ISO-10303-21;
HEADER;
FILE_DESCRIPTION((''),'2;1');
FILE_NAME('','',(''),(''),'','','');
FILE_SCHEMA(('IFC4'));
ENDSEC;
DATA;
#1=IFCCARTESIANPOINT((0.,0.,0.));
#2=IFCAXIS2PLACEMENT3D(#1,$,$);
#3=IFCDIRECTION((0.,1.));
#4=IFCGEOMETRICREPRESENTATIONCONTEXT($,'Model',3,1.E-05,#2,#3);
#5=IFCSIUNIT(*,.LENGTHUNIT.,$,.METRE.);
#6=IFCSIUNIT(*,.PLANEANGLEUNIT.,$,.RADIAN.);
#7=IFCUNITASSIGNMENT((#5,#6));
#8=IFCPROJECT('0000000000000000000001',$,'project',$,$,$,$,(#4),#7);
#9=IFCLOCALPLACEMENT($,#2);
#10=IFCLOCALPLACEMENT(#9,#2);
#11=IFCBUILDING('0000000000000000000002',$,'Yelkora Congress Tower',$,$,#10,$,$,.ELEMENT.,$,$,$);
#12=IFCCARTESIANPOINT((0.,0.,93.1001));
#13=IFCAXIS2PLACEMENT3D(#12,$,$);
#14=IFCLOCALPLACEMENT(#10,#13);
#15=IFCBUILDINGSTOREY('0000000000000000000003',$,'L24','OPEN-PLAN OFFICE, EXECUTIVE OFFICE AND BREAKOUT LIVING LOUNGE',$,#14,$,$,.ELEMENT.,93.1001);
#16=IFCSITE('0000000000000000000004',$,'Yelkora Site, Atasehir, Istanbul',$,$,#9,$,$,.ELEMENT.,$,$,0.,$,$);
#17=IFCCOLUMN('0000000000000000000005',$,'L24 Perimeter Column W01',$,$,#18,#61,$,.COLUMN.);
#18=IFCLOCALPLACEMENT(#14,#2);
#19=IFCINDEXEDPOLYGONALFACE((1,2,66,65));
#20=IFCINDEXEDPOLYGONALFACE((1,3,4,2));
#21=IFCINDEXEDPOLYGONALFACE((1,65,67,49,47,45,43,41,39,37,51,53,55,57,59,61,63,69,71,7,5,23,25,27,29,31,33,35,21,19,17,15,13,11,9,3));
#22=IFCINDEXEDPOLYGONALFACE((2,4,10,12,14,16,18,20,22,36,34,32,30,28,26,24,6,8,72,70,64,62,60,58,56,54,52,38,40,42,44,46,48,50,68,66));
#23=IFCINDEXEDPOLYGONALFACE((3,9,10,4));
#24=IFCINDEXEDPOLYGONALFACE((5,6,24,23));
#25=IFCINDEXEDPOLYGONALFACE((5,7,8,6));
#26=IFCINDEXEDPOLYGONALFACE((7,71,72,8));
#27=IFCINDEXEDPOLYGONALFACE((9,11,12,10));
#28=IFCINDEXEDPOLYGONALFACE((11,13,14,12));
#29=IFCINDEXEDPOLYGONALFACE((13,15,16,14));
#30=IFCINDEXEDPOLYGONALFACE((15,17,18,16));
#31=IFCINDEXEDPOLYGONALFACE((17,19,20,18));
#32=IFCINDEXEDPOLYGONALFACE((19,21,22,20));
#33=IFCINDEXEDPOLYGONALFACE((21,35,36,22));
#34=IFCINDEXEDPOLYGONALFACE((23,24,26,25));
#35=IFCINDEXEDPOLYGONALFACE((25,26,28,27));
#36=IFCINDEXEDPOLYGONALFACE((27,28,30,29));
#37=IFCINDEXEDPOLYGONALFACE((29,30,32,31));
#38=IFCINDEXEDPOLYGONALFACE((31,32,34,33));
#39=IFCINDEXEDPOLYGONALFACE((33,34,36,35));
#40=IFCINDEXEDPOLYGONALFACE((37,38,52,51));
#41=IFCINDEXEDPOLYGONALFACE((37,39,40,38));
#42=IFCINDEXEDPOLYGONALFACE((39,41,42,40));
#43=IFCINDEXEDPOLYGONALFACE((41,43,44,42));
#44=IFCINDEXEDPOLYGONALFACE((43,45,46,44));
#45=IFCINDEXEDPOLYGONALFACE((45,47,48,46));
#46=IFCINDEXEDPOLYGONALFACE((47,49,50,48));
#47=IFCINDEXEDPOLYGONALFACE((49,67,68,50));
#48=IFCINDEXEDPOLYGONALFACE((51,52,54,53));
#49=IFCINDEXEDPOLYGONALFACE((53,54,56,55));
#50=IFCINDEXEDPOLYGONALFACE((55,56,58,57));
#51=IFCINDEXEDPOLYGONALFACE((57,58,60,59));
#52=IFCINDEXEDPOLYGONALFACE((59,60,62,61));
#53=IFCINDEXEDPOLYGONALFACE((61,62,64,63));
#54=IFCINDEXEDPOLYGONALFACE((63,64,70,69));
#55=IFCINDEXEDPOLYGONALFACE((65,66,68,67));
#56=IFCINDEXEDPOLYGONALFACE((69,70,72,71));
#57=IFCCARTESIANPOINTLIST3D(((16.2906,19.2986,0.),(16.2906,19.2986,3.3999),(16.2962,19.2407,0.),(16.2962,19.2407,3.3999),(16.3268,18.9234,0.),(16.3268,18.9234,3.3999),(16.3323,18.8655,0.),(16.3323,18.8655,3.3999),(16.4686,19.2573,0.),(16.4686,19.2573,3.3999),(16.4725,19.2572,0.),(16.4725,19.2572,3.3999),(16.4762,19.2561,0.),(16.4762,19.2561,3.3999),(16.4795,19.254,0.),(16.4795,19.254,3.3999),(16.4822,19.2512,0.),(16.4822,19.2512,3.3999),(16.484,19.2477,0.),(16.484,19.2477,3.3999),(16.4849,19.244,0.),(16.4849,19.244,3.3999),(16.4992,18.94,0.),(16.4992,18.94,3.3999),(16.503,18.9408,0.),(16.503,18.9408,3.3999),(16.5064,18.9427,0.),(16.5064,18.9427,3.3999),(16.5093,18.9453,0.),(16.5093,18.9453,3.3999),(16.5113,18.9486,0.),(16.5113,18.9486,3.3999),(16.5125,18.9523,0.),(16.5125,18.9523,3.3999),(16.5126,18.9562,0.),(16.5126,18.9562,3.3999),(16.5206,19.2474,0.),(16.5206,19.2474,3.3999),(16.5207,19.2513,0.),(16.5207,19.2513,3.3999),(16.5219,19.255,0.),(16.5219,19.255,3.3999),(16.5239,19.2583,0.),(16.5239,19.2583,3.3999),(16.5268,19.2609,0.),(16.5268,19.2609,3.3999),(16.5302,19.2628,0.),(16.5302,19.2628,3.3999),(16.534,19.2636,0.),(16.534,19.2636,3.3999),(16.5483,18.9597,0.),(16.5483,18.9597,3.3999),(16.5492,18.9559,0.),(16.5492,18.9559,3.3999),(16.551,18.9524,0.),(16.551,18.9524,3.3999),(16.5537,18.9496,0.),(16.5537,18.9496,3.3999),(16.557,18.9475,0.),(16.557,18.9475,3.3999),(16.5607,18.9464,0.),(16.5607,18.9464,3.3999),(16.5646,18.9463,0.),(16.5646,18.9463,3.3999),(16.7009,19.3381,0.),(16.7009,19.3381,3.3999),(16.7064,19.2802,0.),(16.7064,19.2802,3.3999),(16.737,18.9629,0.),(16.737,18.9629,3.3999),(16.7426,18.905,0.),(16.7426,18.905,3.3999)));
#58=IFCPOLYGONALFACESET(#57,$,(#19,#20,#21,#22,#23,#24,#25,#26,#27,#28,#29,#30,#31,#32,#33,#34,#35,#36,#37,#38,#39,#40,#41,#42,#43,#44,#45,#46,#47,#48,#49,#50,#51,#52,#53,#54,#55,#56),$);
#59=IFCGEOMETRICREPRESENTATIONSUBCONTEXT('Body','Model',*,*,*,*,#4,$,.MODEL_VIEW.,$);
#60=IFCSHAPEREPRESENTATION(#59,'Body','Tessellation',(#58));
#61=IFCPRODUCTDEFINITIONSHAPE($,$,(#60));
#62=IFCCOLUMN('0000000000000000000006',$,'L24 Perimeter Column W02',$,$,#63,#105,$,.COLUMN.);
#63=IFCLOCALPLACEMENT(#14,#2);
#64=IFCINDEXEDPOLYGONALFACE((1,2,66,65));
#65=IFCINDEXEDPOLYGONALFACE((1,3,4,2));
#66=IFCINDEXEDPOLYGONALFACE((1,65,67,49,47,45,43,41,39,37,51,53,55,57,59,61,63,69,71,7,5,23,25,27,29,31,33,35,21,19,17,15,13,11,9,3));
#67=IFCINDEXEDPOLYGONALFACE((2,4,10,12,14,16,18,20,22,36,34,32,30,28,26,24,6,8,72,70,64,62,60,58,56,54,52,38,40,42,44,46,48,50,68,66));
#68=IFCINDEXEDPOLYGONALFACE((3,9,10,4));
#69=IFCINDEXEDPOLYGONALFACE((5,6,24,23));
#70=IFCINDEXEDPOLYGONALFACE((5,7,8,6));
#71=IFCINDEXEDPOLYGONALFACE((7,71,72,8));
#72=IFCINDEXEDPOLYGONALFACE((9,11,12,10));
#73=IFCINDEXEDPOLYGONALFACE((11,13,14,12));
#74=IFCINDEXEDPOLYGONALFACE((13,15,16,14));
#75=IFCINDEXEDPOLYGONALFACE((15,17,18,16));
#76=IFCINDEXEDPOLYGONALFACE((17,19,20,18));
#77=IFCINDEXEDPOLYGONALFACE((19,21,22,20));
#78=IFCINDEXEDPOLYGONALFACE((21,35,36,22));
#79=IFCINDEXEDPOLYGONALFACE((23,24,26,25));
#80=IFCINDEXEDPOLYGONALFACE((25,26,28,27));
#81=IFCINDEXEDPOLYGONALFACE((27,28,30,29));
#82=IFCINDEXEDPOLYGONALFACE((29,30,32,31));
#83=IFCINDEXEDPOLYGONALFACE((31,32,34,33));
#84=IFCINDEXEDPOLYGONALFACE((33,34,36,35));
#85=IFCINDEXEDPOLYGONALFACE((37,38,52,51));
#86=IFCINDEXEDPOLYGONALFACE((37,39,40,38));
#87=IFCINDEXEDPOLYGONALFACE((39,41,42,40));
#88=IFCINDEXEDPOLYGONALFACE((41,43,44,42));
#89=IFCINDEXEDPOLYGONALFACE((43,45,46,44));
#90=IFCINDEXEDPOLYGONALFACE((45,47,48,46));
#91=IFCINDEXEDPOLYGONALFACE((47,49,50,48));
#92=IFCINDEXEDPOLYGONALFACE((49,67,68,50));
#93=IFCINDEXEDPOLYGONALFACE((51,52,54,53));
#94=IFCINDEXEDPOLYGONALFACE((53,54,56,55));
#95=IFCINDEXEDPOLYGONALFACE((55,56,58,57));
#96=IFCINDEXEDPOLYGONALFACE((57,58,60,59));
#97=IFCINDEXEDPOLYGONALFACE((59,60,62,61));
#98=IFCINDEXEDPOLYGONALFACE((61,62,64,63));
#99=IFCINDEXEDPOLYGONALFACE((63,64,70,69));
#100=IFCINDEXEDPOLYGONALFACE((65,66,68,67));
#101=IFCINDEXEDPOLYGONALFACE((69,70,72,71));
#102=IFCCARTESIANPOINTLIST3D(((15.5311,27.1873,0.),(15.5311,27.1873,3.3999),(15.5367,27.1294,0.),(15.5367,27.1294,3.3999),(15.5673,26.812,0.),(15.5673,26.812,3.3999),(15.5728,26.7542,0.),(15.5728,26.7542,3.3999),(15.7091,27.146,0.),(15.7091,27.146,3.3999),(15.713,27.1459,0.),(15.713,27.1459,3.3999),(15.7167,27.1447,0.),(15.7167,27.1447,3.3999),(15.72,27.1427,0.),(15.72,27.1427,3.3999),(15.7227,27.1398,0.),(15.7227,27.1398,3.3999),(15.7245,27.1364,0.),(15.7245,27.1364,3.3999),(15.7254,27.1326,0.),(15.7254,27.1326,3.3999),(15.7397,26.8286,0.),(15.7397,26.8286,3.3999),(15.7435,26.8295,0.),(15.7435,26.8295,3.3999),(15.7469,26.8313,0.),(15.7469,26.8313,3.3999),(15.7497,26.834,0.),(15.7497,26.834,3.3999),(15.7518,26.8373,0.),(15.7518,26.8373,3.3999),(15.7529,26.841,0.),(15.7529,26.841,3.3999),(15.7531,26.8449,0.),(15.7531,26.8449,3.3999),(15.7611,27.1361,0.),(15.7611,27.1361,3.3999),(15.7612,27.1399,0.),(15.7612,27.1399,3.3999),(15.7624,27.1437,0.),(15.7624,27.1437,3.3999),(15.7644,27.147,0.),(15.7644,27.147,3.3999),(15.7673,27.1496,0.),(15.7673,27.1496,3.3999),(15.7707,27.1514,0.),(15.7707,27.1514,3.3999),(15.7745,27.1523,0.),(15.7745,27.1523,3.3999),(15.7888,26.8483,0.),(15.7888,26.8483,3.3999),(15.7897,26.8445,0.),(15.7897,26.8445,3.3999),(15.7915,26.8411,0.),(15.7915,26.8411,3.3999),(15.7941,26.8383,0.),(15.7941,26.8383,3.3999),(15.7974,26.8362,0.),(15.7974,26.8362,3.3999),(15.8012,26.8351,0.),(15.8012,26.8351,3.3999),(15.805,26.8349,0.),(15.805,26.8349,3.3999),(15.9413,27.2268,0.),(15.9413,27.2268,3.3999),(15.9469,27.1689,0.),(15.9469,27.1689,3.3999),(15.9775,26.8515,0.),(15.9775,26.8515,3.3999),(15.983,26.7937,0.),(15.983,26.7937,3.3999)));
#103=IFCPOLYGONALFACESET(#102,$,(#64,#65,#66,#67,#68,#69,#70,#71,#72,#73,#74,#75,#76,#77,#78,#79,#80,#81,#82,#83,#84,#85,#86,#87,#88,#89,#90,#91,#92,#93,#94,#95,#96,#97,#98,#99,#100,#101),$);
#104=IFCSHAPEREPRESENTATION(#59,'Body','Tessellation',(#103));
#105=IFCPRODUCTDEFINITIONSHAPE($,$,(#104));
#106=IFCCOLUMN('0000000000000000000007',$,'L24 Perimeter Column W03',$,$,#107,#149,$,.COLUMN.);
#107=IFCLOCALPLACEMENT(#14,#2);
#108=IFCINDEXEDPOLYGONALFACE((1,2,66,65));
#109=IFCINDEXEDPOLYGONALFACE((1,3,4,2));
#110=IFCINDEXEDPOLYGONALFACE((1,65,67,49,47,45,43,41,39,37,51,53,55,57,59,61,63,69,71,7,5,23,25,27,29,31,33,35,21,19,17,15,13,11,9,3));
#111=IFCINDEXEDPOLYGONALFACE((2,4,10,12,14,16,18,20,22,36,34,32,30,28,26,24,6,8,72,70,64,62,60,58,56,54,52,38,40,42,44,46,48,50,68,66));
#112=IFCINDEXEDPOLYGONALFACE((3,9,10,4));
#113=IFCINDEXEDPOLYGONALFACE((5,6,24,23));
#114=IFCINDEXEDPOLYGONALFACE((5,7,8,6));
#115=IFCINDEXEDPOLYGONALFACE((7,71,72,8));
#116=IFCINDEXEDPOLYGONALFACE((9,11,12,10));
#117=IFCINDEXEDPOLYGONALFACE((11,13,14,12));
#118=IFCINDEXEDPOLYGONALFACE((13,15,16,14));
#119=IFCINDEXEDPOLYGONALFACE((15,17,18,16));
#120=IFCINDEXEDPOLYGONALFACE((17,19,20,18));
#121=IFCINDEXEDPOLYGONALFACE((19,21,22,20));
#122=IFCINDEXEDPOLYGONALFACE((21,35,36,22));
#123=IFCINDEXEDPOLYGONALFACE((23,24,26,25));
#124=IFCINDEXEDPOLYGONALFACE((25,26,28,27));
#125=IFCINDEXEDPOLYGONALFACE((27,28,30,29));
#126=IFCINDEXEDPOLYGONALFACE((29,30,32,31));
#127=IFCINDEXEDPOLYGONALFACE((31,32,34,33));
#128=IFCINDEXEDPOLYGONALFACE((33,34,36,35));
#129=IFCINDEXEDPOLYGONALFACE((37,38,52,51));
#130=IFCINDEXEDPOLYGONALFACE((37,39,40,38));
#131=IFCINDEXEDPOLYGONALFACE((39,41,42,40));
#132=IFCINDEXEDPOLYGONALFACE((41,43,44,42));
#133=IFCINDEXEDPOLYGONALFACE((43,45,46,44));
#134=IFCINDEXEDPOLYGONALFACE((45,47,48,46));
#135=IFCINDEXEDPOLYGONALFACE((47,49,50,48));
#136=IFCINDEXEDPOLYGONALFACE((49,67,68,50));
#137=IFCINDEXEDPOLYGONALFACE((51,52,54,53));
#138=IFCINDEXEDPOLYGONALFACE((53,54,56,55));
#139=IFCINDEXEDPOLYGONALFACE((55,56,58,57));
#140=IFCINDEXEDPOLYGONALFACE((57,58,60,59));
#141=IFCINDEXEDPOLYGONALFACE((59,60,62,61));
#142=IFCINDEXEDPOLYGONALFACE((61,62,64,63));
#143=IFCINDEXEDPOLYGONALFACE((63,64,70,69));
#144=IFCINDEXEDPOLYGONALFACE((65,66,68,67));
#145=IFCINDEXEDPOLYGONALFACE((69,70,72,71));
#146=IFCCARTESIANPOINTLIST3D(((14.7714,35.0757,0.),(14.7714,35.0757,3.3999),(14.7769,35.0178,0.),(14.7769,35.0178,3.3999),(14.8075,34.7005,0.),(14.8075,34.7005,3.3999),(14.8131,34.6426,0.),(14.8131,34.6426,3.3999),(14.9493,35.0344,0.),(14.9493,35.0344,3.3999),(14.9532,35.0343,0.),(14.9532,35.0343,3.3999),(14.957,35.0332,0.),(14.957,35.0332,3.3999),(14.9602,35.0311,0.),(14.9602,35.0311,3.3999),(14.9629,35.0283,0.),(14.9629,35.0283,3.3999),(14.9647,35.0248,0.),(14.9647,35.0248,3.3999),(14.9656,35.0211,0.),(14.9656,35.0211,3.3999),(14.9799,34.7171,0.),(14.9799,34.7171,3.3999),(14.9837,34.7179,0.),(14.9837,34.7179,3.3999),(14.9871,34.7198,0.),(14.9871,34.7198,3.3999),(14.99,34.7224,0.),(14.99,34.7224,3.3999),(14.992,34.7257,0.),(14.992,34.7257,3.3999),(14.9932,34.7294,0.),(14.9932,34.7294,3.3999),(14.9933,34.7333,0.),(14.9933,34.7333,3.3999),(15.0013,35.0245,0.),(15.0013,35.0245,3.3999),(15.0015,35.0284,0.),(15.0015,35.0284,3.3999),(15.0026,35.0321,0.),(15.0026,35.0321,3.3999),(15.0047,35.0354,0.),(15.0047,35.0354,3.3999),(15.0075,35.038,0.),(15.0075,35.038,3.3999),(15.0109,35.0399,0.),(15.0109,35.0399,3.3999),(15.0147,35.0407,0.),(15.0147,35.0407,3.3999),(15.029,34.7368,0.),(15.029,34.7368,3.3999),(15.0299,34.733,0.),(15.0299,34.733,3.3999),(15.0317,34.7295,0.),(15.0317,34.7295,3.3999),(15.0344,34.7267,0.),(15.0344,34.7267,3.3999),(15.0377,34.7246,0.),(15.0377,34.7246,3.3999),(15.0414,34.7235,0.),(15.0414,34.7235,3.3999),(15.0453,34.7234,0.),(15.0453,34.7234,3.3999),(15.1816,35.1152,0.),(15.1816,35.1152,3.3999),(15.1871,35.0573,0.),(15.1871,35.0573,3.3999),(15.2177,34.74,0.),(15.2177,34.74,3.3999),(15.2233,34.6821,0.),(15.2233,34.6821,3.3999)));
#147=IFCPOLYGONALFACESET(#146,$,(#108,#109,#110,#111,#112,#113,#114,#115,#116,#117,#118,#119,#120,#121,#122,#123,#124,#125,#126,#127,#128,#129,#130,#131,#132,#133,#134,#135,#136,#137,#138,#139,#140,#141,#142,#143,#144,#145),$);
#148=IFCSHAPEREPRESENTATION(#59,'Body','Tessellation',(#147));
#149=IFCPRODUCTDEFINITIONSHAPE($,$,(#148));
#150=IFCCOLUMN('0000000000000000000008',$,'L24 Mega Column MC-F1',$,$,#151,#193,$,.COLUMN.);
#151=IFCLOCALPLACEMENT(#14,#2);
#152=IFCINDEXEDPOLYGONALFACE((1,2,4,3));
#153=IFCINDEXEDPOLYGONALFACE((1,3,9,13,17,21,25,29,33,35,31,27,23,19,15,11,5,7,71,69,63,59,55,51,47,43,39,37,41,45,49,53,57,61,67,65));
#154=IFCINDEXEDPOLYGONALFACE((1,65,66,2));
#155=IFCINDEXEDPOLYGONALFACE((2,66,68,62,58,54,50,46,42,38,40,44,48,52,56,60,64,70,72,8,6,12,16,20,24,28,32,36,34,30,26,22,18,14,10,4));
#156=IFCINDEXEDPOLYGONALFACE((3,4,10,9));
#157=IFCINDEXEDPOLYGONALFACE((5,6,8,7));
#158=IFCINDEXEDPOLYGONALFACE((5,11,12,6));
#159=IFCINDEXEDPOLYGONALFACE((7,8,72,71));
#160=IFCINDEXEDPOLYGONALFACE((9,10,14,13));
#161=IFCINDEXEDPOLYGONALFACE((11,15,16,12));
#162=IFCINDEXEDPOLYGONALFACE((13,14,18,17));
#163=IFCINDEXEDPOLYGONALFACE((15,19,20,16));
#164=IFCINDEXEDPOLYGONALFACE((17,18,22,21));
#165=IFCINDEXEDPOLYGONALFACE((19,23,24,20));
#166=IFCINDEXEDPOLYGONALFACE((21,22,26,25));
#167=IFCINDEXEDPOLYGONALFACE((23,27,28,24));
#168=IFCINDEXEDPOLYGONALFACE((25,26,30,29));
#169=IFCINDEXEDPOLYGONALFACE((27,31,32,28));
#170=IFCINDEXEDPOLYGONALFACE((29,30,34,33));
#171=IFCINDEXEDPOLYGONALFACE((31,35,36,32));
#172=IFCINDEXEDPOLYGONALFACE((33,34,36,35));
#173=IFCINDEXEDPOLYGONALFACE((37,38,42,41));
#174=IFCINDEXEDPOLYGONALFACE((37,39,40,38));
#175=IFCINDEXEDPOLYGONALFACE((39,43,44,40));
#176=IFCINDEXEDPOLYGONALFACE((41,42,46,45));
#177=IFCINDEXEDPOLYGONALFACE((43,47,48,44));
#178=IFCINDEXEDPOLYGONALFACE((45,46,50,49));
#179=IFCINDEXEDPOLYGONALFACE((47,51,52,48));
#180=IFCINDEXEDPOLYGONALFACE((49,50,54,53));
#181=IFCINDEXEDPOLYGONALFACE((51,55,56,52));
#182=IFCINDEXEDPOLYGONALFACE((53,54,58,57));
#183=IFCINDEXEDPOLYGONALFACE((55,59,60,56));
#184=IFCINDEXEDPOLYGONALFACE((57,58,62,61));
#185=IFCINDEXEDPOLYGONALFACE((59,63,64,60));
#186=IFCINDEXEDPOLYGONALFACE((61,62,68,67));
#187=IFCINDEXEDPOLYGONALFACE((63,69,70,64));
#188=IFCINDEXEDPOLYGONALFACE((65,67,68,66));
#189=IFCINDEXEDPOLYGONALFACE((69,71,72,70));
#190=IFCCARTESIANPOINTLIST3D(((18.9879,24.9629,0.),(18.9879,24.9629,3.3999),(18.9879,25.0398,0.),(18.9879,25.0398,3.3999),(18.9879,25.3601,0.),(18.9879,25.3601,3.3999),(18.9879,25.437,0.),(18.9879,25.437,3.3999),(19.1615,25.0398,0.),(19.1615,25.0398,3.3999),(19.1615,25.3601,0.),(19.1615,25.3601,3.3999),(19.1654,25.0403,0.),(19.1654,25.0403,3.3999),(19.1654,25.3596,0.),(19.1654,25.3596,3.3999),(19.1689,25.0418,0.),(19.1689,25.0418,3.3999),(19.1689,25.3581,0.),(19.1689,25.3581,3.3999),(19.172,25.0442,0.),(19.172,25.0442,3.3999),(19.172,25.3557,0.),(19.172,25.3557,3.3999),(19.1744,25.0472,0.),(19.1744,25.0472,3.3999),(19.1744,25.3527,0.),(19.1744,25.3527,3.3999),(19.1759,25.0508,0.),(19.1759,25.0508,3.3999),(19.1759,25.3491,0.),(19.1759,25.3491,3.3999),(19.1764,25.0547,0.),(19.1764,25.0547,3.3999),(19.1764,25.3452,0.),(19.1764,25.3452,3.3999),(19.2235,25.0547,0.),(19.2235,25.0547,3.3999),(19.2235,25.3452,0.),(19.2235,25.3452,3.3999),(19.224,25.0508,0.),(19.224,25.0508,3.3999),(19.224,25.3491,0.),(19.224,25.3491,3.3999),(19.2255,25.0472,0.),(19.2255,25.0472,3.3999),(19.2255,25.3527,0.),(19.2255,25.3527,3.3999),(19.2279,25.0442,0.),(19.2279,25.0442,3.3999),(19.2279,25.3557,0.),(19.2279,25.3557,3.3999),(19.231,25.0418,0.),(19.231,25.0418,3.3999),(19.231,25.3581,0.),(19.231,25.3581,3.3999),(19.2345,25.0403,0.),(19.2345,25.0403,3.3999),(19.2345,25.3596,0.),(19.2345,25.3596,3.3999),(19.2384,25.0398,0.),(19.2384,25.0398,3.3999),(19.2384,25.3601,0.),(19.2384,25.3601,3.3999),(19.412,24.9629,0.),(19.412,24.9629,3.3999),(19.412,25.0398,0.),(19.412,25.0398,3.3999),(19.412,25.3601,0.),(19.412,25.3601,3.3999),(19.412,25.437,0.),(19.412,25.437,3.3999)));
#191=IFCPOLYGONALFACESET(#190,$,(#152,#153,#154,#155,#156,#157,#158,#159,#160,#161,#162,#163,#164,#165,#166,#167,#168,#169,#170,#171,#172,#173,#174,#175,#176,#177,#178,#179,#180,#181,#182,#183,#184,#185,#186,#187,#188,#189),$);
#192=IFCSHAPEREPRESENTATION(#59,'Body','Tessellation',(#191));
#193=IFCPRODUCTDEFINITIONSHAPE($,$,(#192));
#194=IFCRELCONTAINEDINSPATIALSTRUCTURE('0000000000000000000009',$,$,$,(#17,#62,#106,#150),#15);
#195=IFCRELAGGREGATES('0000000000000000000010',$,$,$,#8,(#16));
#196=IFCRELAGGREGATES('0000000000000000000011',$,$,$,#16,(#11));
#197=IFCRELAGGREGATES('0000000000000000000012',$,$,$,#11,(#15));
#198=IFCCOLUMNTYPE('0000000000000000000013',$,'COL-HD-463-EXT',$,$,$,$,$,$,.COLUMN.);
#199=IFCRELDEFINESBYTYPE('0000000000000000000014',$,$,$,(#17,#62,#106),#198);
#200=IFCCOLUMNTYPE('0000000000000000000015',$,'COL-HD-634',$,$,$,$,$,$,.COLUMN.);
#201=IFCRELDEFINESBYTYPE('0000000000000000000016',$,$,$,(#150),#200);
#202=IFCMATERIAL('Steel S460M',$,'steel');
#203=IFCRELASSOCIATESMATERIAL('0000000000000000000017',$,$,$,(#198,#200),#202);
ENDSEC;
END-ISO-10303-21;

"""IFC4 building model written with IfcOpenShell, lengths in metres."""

from ifc_helpers import new_model, si_unit, direction, frame, origin, origin_2d, place, context, subcontext, project, spatial, i_section, extrude, material, material_profile, profile_set, type_object, element, save


model = new_model("IFC4")

# Units and contexts
model_context = context("Model", 3, precision=1e-05, world=origin(), true_north=direction((0.0, 1.0)))
body_context = subcontext(model_context, "Body", "Model", "MODEL_VIEW")
ifc_project = project(units=[si_unit("LENGTHUNIT", "METRE"), si_unit("PLANEANGLEUNIT", "RADIAN")], contexts=[model_context])

# Site, building, storey
site_placement = place(None, origin())
site = spatial("IfcSite", under=ifc_project, at=site_placement, Name="Yelkora Site, Atasehir, Istanbul", CompositionType="ELEMENT", RefElevation=0.0)
building_placement = place(site_placement, origin())
building = spatial("IfcBuilding", under=site, at=building_placement, Name="Yelkora Congress Tower", CompositionType="ELEMENT")
storey_placement = place(building_placement, frame((0.0, 0.0, 93.1001)))
storey = spatial("IfcBuildingStorey", under=building, at=storey_placement, Name="L24", Description="OPEN-PLAN OFFICE, EXECUTIVE OFFICE AND BREAKOUT LIVING LOUNGE", CompositionType="ELEMENT", Elevation=93.1001)

# Columns
ifc_material_1 = material(Name="Steel S460M", Category="steel")
ifc_material_profile_1 = material_profile(ifc_material_1, i_section(OverallWidth=0.4121, OverallDepth=0.4351, WebThickness=0.0359, FlangeThickness=0.0581, FilletRadius=0.0149, at=origin_2d()), Name="HD 400x463")
ifc_profile_set_1 = profile_set([ifc_material_profile_1], Name="Steel S460M")
column_type_1 = type_object("IfcColumnType", Name="COL-HD-463-EXT", PredefinedType="COLUMN", material=ifc_profile_set_1)
for number, where, z_axis, x_axis, name in (
    (1, (16.5166, 19.1018, 0.0), (0.0, 0.0, 1.0), (0.995396, 0.095846, 0.0), "L24 Perimeter Column W01"),
    (2, (15.7571, 26.9905, 0.0), (0.0, 0.0, 1.0), (0.995396, 0.095846, 0.0), "L24 Perimeter Column W02"),
    (3, (14.9973, 34.8789, 0.0), (0.0, 0.0, 1.0), (0.995396, 0.095846, 0.0), "L24 Perimeter Column W03"),
):
    element("IfcColumn", number, at=place(storey_placement, frame(where, z_axis=z_axis, x_axis=x_axis)), inside=storey, type_object=column_type_1, Name=name, PredefinedType="COLUMN", context=body_context, shape_type="SweptSolid", body=[
        extrude(i_section(OverallWidth=0.4121, OverallDepth=0.4351, WebThickness=0.0359, FlangeThickness=0.0581, FilletRadius=0.0149, at=origin_2d()), origin(), (0.0, 0.0, 1.0), 3.3999),
    ])
ifc_material_profile_2 = material_profile(ifc_material_1, i_section(OverallWidth=0.4241, OverallDepth=0.4741, WebThickness=0.0471, FlangeThickness=0.0769, FilletRadius=0.0149, at=origin_2d()), Name="HD 400x634")
ifc_profile_set_2 = profile_set([ifc_material_profile_2], Name="Steel S460M")
column_type_2 = type_object("IfcColumnType", Name="COL-HD-634", PredefinedType="COLUMN", material=ifc_profile_set_2)
column_placement = place(storey_placement, frame((19.2, 25.2, 0.0), z_axis=(0.0, 0.0, 1.0), x_axis=(1.0, 0.0, 0.0)))
element("IfcColumn", 4, at=column_placement, inside=storey, type_object=column_type_2, Name="L24 Mega Column MC-F1", PredefinedType="COLUMN", context=body_context, shape_type="SweptSolid", body=[
    extrude(i_section(OverallWidth=0.4241, OverallDepth=0.4741, WebThickness=0.0471, FlangeThickness=0.0769, FilletRadius=0.0149, at=origin_2d()), origin(), (0.0, 0.0, 1.0), 3.3999),
])

save(model, "model.ifc")
